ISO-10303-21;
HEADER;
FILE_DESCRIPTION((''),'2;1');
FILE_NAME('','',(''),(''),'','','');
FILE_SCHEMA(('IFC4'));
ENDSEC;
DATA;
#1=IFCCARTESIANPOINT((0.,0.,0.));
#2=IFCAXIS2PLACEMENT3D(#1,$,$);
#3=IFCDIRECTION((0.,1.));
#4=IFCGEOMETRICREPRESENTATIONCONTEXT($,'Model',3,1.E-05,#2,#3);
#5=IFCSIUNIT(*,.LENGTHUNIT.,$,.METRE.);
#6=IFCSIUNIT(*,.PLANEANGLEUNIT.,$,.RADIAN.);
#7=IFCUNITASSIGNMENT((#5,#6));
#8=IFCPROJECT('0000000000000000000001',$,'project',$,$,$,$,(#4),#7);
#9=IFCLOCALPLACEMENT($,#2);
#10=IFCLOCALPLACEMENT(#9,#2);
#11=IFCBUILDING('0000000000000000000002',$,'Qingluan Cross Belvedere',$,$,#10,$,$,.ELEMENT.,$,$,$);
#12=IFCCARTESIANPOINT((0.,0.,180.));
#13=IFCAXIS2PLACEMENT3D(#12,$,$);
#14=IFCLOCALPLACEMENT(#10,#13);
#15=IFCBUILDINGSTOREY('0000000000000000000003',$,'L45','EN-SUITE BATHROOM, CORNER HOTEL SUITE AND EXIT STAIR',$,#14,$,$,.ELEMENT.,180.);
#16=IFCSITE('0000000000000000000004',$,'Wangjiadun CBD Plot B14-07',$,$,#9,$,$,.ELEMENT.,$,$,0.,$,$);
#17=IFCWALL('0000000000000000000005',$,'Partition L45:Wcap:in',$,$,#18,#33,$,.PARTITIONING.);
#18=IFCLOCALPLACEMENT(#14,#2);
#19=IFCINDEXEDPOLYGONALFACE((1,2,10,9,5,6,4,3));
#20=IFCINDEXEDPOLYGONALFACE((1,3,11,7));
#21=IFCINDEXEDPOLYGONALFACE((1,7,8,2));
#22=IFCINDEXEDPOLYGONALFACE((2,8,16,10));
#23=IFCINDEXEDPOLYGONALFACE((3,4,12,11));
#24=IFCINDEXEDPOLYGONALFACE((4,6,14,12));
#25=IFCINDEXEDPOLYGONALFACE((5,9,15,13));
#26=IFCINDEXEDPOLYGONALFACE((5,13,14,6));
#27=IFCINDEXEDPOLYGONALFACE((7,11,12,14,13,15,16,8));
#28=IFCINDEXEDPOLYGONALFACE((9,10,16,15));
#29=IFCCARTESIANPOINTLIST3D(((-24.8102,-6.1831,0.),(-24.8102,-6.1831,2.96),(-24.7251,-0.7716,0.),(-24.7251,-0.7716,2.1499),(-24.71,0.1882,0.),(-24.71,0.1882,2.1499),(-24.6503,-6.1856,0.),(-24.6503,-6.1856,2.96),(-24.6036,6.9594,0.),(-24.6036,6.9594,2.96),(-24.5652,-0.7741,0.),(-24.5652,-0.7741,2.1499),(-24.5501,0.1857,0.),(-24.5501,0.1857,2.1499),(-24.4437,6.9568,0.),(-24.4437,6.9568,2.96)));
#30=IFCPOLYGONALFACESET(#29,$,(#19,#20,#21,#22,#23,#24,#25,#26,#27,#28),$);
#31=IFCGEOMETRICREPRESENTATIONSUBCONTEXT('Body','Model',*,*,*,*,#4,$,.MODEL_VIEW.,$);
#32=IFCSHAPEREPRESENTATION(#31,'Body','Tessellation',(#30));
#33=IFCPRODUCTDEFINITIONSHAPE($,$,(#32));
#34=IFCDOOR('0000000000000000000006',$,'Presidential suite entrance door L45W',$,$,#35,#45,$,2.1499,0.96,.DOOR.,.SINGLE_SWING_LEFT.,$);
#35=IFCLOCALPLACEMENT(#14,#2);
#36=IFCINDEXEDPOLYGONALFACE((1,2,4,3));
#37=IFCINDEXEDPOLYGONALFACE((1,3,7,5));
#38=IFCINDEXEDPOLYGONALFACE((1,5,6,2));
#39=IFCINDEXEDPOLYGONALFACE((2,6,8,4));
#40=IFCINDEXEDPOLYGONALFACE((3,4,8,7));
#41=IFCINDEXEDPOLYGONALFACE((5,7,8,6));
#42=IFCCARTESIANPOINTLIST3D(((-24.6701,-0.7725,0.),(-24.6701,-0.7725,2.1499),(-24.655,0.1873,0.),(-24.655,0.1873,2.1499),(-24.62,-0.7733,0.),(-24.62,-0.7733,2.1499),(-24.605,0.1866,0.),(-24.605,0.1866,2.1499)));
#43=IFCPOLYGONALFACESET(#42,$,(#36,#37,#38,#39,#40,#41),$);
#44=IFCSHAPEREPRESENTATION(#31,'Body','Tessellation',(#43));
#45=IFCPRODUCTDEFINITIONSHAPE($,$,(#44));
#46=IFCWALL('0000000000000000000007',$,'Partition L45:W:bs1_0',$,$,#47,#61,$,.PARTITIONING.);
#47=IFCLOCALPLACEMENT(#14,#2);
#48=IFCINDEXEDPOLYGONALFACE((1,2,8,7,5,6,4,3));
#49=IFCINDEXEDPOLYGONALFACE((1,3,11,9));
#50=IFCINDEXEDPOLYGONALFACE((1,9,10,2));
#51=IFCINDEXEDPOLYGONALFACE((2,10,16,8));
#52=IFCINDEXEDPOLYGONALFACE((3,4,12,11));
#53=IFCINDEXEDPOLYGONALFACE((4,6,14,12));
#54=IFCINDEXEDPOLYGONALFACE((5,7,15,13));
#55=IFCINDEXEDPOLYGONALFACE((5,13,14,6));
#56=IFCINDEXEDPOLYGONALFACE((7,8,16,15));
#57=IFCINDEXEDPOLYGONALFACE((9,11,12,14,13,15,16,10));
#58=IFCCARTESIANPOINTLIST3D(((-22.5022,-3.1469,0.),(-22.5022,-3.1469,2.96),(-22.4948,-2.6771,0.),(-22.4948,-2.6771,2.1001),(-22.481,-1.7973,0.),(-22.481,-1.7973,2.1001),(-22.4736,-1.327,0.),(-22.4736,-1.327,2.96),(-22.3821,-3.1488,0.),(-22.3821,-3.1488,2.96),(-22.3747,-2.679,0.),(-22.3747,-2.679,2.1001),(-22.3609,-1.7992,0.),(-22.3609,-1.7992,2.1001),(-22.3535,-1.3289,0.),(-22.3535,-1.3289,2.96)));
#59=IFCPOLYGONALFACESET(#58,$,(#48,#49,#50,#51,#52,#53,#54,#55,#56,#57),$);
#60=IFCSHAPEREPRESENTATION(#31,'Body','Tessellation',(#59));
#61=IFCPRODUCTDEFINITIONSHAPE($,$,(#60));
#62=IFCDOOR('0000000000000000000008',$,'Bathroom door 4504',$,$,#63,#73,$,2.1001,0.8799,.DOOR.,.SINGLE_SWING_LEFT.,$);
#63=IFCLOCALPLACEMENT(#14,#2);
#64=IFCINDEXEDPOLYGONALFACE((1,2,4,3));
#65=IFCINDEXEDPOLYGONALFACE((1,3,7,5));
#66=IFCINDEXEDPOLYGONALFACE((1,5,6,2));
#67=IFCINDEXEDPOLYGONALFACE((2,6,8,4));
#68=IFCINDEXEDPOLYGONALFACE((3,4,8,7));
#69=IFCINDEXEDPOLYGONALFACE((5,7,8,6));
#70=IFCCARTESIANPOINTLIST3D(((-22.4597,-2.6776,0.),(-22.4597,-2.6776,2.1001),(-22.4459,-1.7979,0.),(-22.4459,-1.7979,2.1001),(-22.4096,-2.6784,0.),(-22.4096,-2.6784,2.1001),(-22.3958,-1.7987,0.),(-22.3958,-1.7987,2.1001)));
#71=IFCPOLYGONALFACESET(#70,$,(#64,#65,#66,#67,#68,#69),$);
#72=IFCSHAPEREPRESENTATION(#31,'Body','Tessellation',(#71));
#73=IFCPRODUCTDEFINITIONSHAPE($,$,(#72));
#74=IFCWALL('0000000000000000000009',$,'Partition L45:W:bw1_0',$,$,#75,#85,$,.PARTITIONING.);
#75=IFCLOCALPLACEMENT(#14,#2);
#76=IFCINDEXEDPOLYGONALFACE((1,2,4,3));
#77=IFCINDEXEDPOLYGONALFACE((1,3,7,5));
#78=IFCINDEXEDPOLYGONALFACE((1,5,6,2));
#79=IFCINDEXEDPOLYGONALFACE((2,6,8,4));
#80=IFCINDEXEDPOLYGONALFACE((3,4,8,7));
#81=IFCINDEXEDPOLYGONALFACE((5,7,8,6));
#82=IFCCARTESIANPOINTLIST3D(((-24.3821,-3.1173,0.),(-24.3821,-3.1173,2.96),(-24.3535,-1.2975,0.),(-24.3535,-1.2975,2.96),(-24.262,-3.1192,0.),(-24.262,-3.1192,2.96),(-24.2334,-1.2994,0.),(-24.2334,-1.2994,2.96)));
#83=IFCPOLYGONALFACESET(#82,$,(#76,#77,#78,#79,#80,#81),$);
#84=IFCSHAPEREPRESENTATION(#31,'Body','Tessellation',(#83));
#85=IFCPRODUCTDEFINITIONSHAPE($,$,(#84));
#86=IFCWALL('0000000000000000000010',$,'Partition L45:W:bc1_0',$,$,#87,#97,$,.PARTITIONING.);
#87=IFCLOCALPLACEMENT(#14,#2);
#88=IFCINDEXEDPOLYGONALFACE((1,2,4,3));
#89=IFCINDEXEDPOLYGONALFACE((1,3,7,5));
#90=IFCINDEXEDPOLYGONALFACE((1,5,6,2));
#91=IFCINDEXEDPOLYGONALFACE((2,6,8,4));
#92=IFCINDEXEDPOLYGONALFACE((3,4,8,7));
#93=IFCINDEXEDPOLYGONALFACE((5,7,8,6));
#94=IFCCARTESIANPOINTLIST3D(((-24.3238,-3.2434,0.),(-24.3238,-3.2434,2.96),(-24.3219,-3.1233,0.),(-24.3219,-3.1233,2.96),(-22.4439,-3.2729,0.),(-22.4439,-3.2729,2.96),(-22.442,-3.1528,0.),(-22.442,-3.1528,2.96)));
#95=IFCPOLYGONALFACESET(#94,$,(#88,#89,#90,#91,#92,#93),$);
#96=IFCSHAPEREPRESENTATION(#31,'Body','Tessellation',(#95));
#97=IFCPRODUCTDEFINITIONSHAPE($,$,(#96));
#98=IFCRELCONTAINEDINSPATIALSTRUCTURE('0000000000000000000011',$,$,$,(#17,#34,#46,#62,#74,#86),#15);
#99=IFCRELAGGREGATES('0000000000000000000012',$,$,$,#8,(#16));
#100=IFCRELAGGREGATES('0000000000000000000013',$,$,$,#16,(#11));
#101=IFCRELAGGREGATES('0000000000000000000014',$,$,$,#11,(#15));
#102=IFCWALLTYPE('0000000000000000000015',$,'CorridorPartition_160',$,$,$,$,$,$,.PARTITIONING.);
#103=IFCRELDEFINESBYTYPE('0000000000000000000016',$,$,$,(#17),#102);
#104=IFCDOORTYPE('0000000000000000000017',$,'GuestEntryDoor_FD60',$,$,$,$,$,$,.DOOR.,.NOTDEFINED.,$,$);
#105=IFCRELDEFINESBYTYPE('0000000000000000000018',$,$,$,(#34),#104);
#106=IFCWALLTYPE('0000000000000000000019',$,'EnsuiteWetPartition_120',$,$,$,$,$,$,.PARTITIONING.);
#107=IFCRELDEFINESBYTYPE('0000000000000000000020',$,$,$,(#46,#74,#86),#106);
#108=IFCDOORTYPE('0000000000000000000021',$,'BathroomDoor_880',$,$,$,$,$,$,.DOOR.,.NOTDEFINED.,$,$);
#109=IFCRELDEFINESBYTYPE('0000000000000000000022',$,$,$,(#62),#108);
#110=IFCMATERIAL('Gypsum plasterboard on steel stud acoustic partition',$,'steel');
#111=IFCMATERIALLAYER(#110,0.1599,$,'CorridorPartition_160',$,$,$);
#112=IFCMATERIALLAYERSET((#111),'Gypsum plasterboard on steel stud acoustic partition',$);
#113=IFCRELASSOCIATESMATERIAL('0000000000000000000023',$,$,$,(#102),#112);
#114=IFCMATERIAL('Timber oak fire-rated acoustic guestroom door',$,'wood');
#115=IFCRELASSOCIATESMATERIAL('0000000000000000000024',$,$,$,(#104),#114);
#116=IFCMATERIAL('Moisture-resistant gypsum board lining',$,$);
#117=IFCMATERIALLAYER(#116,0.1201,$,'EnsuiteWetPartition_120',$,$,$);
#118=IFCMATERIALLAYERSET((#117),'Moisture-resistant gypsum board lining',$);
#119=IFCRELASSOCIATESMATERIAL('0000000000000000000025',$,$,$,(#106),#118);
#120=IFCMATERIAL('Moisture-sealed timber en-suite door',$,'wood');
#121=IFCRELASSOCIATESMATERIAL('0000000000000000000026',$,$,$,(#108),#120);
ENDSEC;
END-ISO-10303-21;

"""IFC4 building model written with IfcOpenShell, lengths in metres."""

from ifc_helpers import new_model, si_unit, direction, frame, frame_2d, origin, place, context, subcontext, project, spatial, rectangle, extrude, material, layer, layer_set, type_object, element, fill, save


model = new_model("IFC4")

# Units and contexts
model_context = context("Model", 3, precision=1e-05, world=origin(), true_north=direction((0.0, 1.0)))
body_context = subcontext(model_context, "Body", "Model", "MODEL_VIEW")
ifc_project = project(units=[si_unit("LENGTHUNIT", "METRE"), si_unit("PLANEANGLEUNIT", "RADIAN")], contexts=[model_context])

# Site, building, storey
site_placement = place(None, origin())
site = spatial("IfcSite", under=ifc_project, at=site_placement, Name="Wangjiadun CBD Plot B14-07", CompositionType="ELEMENT", RefElevation=0.0)
building_placement = place(site_placement, origin())
building = spatial("IfcBuilding", under=site, at=building_placement, Name="Qingluan Cross Belvedere", CompositionType="ELEMENT")
storey_placement = place(building_placement, frame((0.0, 0.0, 180.0)))
storey = spatial("IfcBuildingStorey", under=building, at=storey_placement, Name="L45", Description="EN-SUITE BATHROOM, CORNER HOTEL SUITE AND EXIT STAIR", CompositionType="ELEMENT", Elevation=180.0)

# Shared definitions
ifc_material_1 = material(Name="Gypsum plasterboard on steel stud acoustic partition", Category="steel")
ifc_layer_1 = layer(ifc_material_1, 0.1599, Name="CorridorPartition_160")
ifc_layer_set_1 = layer_set([ifc_layer_1], Name="Gypsum plasterboard on steel stud acoustic partition")
wall_type_1 = type_object("IfcWallType", Name="CorridorPartition_160", PredefinedType="PARTITIONING", material=ifc_layer_set_1)
ifc_material_2 = material(Name="Timber oak fire-rated acoustic guestroom door", Category="wood")
door_type_1 = type_object("IfcDoorType", Name="GuestEntryDoor_FD60", OperationType="NOTDEFINED", PredefinedType="DOOR", material=ifc_material_2)

# Walls, openings, doors
wall_1_placement = place(storey_placement, frame((-24.7302, -6.1843, 0.0), z_axis=(0.0, 0.0, 1.0), x_axis=(0.015714, 0.999877, 0.0)))
wall_1 = element("IfcWall", 1, at=wall_1_placement, inside=storey, type_object=wall_type_1, Name="Partition L45:Wcap:in", PredefinedType="PARTITIONING", context=body_context, shape_type="SweptSolid", body=[
    extrude(rectangle(XDim=13.144, YDim=0.1599, at=frame_2d((6.572, 0.0))), origin(), (0.0, 0.0, 1.0), 2.96),
])
opening_1_placement = place(wall_1_placement, frame((5.4121, 0.0, 0.0)))
opening_1 = element("IfcOpeningElement", 2, at=opening_1_placement, cuts=wall_1, PredefinedType="OPENING", context=body_context, shape_type="SweptSolid", body=[
    extrude(rectangle(XDim=0.96, YDim=2.1499, at=frame_2d((0.48, 1.075))), frame((0.0, 0.0898, 0.0), z_axis=(0.0, -1.0, 0.0), x_axis=(1.0, 0.0, 0.0)), (0.0, 0.0, 1.0), 0.1799),
])
door_1_placement = place(opening_1_placement, origin())
door_1 = element("IfcDoor", 3, at=door_1_placement, inside=storey, type_object=door_type_1, Name="Presidential suite entrance door L45W", OperationType="SINGLE_SWING_LEFT", OverallHeight=2.1499, OverallWidth=0.96, PredefinedType="DOOR", context=body_context, shape_type="SweptSolid", body=[
    extrude(rectangle(XDim=0.96, YDim=2.1499, at=frame_2d((0.48, 1.075))), frame((0.0, 0.0249, 0.0), z_axis=(0.0, -1.0, 0.0), x_axis=(1.0, 0.0, 0.0)), (0.0, 0.0, 1.0), 0.05),
])
fill(opening_1, door_1)
ifc_material_3 = material(Name="Moisture-resistant gypsum board lining")
ifc_layer_2 = layer(ifc_material_3, 0.1201, Name="EnsuiteWetPartition_120")
ifc_layer_set_2 = layer_set([ifc_layer_2], Name="Moisture-resistant gypsum board lining")
wall_type_2 = type_object("IfcWallType", Name="EnsuiteWetPartition_120", PredefinedType="PARTITIONING", material=ifc_layer_set_2)
wall_2_placement = place(storey_placement, frame((-22.4421, -3.1479, 0.0), z_axis=(0.0, 0.0, 1.0), x_axis=(0.015694, 0.999877, 0.0)))
wall_2 = element("IfcWall", 4, at=wall_2_placement, inside=storey, type_object=wall_type_2, Name="Partition L45:W:bs1_0", PredefinedType="PARTITIONING", context=body_context, shape_type="SweptSolid", body=[
    extrude(rectangle(XDim=1.8201, YDim=0.1201, at=frame_2d((0.9102, 0.0))), origin(), (0.0, 0.0, 1.0), 2.96),
])
opening_2_placement = place(wall_2_placement, frame((0.47, 0.0, 0.0)))
opening_2 = element("IfcOpeningElement", 5, at=opening_2_placement, cuts=wall_2, PredefinedType="OPENING", context=body_context, shape_type="SweptSolid", body=[
    extrude(rectangle(XDim=0.8799, YDim=2.1001, at=frame_2d((0.4399, 1.05))), frame((0.0, 0.0701, 0.0), z_axis=(0.0, -1.0, 0.0), x_axis=(1.0, 0.0, 0.0)), (0.0, 0.0, 1.0), 0.1401),
])
ifc_material_4 = material(Name="Moisture-sealed timber en-suite door", Category="wood")
door_type_2 = type_object("IfcDoorType", Name="BathroomDoor_880", OperationType="NOTDEFINED", PredefinedType="DOOR", material=ifc_material_4)
door_2_placement = place(opening_2_placement, origin())
door_2 = element("IfcDoor", 6, at=door_2_placement, inside=storey, type_object=door_type_2, Name="Bathroom door 4504", OperationType="SINGLE_SWING_LEFT", OverallHeight=2.1001, OverallWidth=0.8799, PredefinedType="DOOR", context=body_context, shape_type="SweptSolid", body=[
    extrude(rectangle(XDim=0.8799, YDim=2.1001, at=frame_2d((0.4399, 1.05))), frame((0.0, 0.0249, 0.0), z_axis=(0.0, -1.0, 0.0), x_axis=(1.0, 0.0, 0.0)), (0.0, 0.0, 1.0), 0.05),
])
fill(opening_2, door_2)

# Walls
wall_3_placement = place(storey_placement, frame((-24.322, -3.1184, 0.0), z_axis=(0.0, 0.0, 1.0), x_axis=(0.015694, 0.999877, 0.0)))
element("IfcWall", 7, at=wall_3_placement, inside=storey, type_object=wall_type_2, Name="Partition L45:W:bw1_0", PredefinedType="PARTITIONING", context=body_context, shape_type="SweptSolid", body=[
    extrude(rectangle(XDim=1.8201, YDim=0.1201, at=frame_2d((0.9102, 0.0))), origin(), (0.0, 0.0, 1.0), 2.96),
])
wall_4_placement = place(storey_placement, frame((-22.4431, -3.2129, 0.0), z_axis=(0.0, 0.0, 1.0), x_axis=(-0.999877, 0.015712, 0.0)))
element("IfcWall", 8, at=wall_4_placement, inside=storey, type_object=wall_type_2, Name="Partition L45:W:bc1_0", PredefinedType="PARTITIONING", context=body_context, shape_type="SweptSolid", body=[
    extrude(rectangle(XDim=1.8801, YDim=0.1201, at=frame_2d((0.9399, 0.0))), origin(), (0.0, 0.0, 1.0), 2.96),
])

save(model, "model.ifc")
